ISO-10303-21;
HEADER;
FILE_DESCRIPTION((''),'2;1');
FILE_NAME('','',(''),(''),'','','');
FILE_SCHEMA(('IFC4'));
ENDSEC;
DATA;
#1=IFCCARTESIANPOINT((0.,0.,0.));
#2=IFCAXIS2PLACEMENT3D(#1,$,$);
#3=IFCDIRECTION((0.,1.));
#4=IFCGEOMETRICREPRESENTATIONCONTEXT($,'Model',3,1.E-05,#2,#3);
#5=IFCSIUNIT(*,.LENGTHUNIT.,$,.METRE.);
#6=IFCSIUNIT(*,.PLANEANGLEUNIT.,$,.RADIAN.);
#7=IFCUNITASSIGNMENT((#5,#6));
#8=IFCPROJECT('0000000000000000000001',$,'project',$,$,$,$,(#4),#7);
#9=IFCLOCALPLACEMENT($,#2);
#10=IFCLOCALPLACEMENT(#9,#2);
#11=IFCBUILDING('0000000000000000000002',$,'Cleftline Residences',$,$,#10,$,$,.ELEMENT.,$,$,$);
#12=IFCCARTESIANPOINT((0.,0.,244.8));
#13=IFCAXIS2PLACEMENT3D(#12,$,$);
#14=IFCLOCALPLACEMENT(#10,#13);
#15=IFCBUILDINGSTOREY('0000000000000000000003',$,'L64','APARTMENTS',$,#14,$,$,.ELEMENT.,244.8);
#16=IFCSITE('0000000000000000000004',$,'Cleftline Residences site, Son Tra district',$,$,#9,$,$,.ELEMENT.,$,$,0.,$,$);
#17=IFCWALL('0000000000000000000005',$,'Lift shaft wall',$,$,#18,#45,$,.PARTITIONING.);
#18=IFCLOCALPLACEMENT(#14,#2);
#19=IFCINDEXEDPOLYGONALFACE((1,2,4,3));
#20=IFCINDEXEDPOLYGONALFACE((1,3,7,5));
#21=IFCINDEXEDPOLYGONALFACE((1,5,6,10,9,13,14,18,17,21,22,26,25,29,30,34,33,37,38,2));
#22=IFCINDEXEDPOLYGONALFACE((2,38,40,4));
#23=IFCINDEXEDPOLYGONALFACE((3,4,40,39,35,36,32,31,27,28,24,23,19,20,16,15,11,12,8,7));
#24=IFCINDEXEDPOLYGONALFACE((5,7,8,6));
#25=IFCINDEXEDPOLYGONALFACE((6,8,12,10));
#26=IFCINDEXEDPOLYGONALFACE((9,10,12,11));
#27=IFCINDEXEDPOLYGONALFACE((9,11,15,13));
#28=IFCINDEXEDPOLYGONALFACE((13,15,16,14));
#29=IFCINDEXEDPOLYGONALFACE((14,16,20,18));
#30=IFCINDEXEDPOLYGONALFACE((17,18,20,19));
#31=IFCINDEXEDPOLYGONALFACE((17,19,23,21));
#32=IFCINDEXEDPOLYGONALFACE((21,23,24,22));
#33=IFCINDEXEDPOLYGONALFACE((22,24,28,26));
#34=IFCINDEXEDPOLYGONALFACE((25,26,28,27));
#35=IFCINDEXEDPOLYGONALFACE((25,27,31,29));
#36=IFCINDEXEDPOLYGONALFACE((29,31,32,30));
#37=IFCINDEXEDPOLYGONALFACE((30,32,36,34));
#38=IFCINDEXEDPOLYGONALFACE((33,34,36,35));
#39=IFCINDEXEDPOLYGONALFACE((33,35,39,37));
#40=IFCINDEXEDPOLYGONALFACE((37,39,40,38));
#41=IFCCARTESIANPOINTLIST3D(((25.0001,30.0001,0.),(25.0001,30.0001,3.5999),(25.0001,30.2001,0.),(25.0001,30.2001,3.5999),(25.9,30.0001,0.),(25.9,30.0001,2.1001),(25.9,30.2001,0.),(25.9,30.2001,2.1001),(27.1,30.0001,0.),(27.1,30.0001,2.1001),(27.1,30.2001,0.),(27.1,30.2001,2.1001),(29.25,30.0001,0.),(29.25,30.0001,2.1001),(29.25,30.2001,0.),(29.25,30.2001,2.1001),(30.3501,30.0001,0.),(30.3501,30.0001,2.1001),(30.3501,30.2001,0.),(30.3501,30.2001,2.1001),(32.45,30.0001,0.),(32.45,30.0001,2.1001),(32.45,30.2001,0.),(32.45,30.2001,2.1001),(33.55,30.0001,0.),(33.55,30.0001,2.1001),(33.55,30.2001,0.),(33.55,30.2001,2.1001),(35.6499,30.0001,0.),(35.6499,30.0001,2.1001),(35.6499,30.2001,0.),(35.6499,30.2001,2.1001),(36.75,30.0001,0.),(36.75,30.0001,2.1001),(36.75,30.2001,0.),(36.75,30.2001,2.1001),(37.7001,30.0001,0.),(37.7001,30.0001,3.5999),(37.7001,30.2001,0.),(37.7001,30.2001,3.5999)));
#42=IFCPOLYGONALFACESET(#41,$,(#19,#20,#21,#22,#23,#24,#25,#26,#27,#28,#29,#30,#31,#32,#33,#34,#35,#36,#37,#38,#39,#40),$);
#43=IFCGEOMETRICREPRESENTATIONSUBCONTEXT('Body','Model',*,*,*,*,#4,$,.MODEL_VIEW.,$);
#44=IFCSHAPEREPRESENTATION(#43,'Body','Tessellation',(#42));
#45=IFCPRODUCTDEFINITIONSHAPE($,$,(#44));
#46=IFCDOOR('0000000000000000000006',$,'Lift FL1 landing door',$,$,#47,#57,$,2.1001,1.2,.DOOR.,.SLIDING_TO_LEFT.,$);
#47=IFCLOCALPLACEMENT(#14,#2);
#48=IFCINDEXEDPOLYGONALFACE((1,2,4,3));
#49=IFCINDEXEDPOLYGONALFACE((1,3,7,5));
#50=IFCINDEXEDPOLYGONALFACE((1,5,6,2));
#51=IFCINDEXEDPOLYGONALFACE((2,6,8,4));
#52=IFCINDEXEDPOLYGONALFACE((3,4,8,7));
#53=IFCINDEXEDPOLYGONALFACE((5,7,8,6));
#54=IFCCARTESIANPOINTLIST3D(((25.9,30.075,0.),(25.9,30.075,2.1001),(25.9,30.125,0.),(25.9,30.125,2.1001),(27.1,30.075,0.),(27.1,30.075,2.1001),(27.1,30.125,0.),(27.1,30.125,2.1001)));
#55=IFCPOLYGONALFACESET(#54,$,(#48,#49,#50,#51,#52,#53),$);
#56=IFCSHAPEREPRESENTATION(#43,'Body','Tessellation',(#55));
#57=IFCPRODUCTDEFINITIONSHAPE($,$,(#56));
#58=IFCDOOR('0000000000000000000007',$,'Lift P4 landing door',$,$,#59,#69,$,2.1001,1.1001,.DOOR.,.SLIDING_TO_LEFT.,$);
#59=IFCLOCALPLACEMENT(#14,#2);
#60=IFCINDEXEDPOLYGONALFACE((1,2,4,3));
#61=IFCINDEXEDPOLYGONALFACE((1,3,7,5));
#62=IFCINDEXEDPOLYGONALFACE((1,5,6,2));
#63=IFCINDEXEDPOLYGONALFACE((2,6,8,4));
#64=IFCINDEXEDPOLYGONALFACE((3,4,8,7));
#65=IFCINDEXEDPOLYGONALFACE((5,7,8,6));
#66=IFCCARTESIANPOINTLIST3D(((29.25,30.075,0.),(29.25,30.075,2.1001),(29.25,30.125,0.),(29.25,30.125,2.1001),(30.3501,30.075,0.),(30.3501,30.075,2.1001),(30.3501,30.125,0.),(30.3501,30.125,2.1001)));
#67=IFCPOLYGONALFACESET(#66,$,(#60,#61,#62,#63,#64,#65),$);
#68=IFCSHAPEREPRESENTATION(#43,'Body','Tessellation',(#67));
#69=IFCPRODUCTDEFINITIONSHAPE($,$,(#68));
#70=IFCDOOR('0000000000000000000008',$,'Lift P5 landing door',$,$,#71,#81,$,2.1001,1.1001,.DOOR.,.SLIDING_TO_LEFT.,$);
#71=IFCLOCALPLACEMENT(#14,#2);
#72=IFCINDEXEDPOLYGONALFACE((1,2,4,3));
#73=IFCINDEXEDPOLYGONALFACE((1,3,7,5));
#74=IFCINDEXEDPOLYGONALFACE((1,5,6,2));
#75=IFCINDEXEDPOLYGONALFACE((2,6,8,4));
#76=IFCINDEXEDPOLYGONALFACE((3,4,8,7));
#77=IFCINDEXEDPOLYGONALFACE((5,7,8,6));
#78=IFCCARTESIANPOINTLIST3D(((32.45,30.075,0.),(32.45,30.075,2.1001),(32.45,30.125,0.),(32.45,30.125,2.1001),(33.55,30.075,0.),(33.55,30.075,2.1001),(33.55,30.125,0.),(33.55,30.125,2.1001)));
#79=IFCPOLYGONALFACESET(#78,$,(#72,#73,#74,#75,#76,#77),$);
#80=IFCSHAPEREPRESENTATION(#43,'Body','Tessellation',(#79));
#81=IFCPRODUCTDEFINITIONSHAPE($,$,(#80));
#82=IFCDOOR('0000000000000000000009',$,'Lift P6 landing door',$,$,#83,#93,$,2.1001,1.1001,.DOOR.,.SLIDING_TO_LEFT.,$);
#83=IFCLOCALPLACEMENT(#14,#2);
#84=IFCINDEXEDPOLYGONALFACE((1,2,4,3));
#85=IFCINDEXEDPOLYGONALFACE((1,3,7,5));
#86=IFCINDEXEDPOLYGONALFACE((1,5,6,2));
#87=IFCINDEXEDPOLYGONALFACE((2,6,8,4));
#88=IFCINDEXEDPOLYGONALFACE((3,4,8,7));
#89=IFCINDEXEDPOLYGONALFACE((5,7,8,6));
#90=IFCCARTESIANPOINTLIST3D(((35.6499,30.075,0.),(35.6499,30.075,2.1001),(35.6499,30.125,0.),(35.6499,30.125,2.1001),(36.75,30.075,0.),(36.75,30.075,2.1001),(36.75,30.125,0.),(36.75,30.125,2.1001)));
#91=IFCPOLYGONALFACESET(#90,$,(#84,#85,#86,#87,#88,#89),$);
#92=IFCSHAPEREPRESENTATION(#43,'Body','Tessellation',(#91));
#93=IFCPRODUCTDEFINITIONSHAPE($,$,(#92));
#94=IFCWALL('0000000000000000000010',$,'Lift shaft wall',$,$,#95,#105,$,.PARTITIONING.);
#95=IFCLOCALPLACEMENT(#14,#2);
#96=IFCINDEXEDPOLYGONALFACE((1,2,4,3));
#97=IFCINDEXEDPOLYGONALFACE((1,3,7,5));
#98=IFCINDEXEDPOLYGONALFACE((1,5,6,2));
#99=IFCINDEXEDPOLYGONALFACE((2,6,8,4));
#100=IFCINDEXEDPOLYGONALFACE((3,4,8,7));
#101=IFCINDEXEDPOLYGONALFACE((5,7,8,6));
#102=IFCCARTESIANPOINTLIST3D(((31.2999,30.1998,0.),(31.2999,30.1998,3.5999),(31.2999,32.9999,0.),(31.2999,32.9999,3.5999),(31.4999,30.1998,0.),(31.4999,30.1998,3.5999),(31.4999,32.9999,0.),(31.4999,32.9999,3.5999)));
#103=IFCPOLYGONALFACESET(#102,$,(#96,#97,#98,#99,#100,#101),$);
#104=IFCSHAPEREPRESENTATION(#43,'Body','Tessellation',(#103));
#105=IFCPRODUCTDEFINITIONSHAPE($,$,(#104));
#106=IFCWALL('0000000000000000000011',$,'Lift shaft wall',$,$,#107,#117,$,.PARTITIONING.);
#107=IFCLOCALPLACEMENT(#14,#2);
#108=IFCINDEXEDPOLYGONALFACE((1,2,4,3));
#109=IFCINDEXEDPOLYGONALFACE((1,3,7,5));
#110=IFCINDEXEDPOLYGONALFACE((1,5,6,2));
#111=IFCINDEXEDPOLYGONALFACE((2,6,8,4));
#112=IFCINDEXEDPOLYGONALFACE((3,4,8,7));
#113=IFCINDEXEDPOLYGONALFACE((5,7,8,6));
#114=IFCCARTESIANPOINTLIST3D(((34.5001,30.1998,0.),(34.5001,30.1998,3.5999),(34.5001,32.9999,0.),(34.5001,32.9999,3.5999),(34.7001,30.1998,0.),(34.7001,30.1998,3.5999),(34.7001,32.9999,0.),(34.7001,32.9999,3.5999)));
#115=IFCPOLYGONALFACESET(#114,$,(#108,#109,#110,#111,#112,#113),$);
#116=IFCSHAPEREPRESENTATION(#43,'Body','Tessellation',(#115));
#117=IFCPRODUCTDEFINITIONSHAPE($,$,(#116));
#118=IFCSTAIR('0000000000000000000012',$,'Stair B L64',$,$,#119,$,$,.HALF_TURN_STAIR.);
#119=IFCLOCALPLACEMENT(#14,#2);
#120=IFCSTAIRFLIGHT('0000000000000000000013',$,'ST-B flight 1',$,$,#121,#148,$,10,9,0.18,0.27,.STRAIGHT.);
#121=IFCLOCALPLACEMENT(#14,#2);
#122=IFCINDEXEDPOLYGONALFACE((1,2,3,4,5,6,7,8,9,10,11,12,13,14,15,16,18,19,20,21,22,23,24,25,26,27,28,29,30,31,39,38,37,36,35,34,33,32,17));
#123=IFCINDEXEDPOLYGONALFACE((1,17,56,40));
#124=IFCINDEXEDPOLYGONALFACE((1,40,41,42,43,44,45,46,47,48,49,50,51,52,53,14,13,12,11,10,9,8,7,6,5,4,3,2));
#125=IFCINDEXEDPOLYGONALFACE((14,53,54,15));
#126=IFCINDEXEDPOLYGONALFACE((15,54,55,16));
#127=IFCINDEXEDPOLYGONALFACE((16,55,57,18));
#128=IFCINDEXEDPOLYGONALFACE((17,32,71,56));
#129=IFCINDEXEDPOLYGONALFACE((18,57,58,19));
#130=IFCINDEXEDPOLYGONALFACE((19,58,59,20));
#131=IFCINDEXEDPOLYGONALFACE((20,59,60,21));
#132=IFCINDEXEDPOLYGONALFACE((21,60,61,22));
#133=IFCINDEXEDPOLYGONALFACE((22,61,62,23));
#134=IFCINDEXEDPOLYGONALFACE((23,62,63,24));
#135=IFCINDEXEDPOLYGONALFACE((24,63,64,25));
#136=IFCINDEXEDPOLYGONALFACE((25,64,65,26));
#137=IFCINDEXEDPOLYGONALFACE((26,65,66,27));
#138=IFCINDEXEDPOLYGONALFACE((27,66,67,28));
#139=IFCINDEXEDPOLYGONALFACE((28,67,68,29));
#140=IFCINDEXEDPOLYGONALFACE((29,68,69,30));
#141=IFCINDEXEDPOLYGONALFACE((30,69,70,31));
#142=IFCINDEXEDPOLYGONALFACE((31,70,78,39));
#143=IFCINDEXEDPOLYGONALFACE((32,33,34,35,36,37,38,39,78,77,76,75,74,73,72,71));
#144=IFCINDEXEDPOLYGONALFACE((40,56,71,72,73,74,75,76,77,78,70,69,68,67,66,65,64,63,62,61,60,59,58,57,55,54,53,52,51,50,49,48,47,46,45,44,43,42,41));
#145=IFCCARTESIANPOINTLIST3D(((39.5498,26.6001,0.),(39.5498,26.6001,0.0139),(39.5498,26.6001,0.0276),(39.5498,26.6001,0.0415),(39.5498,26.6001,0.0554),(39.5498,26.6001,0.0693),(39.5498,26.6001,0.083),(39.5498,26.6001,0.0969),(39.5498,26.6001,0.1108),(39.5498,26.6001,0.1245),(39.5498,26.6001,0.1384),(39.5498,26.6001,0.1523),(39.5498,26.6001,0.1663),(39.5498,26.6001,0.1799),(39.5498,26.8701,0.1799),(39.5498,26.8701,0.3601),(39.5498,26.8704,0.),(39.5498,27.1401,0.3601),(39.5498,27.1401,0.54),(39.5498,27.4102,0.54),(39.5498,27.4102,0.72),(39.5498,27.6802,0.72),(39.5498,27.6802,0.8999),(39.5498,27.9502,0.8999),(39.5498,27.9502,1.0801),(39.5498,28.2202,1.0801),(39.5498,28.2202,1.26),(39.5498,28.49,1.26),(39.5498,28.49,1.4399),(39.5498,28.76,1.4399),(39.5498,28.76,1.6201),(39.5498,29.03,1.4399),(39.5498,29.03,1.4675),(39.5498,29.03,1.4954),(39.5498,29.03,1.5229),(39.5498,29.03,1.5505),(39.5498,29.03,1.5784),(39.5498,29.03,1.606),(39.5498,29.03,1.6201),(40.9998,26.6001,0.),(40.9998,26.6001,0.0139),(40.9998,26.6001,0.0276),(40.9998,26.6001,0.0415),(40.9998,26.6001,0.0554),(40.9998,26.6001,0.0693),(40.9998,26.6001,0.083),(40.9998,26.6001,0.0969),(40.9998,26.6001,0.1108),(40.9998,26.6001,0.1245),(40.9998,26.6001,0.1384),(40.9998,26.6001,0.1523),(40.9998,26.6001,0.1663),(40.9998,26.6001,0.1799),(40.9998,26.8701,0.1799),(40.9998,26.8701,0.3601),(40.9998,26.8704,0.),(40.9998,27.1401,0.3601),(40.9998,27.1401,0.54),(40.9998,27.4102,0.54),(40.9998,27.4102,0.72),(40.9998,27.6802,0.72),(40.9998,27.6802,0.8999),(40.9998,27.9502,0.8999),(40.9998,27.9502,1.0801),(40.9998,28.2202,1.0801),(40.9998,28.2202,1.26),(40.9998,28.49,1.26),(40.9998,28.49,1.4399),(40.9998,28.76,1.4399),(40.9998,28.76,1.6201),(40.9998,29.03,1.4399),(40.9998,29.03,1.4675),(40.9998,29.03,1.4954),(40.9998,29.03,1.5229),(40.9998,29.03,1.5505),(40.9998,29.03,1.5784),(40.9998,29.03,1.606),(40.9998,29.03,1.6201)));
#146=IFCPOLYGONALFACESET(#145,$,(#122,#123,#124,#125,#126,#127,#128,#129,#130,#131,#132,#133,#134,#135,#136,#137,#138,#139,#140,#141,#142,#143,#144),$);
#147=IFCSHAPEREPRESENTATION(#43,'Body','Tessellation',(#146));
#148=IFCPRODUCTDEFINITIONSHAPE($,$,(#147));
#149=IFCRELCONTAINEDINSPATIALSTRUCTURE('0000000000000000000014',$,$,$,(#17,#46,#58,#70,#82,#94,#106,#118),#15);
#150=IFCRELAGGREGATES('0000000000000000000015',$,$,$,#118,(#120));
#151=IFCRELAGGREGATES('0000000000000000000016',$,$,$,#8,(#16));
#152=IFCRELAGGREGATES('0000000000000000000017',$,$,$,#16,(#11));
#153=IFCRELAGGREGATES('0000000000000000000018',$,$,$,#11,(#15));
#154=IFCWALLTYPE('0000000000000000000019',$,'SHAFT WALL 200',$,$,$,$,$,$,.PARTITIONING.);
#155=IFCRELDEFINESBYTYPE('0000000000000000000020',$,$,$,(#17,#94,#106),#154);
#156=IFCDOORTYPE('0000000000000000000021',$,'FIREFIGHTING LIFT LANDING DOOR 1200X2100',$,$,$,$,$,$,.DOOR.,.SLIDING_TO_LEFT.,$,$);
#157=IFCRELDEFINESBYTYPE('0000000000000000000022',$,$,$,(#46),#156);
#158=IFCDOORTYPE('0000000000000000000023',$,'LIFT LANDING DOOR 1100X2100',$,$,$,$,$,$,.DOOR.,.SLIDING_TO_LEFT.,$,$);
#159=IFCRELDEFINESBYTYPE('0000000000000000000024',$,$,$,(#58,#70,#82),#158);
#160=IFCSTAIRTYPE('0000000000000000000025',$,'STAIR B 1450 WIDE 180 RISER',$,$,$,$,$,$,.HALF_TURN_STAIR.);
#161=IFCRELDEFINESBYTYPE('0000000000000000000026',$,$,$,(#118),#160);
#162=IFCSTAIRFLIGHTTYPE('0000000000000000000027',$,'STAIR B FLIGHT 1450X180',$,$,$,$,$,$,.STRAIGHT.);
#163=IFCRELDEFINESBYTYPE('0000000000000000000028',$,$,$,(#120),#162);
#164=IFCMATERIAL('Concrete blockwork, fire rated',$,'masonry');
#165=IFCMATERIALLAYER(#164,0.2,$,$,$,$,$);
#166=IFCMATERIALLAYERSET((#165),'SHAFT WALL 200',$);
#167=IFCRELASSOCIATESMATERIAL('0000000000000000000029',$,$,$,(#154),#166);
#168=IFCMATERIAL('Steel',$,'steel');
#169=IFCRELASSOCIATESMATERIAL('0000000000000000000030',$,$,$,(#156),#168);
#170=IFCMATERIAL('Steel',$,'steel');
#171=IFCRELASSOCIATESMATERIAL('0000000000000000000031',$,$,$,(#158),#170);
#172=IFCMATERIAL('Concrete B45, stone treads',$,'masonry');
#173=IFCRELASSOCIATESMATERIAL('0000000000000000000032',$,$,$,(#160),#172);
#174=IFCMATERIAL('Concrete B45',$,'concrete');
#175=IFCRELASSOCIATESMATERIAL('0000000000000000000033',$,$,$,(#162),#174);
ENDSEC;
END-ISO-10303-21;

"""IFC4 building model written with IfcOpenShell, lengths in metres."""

from ifc_helpers import new_model, si_unit, direction, frame, frame_2d, origin, place, context, subcontext, project, spatial, polyline, rectangle, outline, extrude, material, layer, layer_set, type_object, element, fill, aggregate, save


model = new_model("IFC4")

# Units and contexts
model_context = context("Model", 3, precision=1e-05, world=origin(), true_north=direction((0.0, 1.0)))
body_context = subcontext(model_context, "Body", "Model", "MODEL_VIEW")
ifc_project = project(units=[si_unit("LENGTHUNIT", "METRE"), si_unit("PLANEANGLEUNIT", "RADIAN")], contexts=[model_context])

# Site, building, storey
site_placement = place(None, origin())
site = spatial("IfcSite", under=ifc_project, at=site_placement, Name="Cleftline Residences site, Son Tra district", CompositionType="ELEMENT", RefElevation=0.0)
building_placement = place(site_placement, origin())
building = spatial("IfcBuilding", under=site, at=building_placement, Name="Cleftline Residences", CompositionType="ELEMENT")
storey_placement = place(building_placement, frame((0.0, 0.0, 244.8)))
storey = spatial("IfcBuildingStorey", under=building, at=storey_placement, Name="L64", Description="APARTMENTS", CompositionType="ELEMENT", Elevation=244.8)

# Wall, openings, doors
ifc_material_1 = material(Name="Concrete blockwork, fire rated", Category="masonry")
ifc_layer_1 = layer(ifc_material_1, 0.2)
ifc_layer_set_1 = layer_set([ifc_layer_1], Name="SHAFT WALL 200")
wall_type_1 = type_object("IfcWallType", Name="SHAFT WALL 200", PredefinedType="PARTITIONING", material=ifc_layer_set_1)
wall_1_placement = place(storey_placement, frame((25.0, 30.1001, 0.0), z_axis=(0.0, 0.0, 1.0), x_axis=(1.0, 0.0, 0.0)))
wall_1 = element("IfcWall", 1, at=wall_1_placement, inside=storey, type_object=wall_type_1, Name="Lift shaft wall", PredefinedType="PARTITIONING", context=body_context, shape_type="SweptSolid", body=[
    extrude(rectangle(XDim=12.7, YDim=0.2, at=frame_2d((6.3501, 0.0))), origin(), (0.0, 0.0, 1.0), 3.5999),
])
opening_1_placement = place(wall_1_placement, frame((4.25, 0.0, 0.0)))
opening_1 = element("IfcOpeningElement", 2, at=opening_1_placement, cuts=wall_1, PredefinedType="OPENING", context=body_context, shape_type="SweptSolid", body=[
    extrude(rectangle(XDim=1.1001, YDim=2.1001, at=frame_2d((0.55, 1.05))), frame((0.0, 0.1099, 0.0), z_axis=(0.0, -1.0, 0.0), x_axis=(1.0, 0.0, 0.0)), (0.0, 0.0, 1.0), 0.22),
])
opening_2_placement = place(wall_1_placement, frame((7.45, 0.0, 0.0)))
opening_2 = element("IfcOpeningElement", 3, at=opening_2_placement, cuts=wall_1, PredefinedType="OPENING", context=body_context, shape_type="SweptSolid", body=[
    extrude(rectangle(XDim=1.1001, YDim=2.1001, at=frame_2d((0.55, 1.05))), frame((0.0, 0.1099, 0.0), z_axis=(0.0, -1.0, 0.0), x_axis=(1.0, 0.0, 0.0)), (0.0, 0.0, 1.0), 0.22),
])
opening_3_placement = place(wall_1_placement, frame((10.6499, 0.0, 0.0)))
opening_3 = element("IfcOpeningElement", 4, at=opening_3_placement, cuts=wall_1, PredefinedType="OPENING", context=body_context, shape_type="SweptSolid", body=[
    extrude(rectangle(XDim=1.1001, YDim=2.1001, at=frame_2d((0.55, 1.05))), frame((0.0, 0.1099, 0.0), z_axis=(0.0, -1.0, 0.0), x_axis=(1.0, 0.0, 0.0)), (0.0, 0.0, 1.0), 0.22),
])
opening_4_placement = place(wall_1_placement, frame((0.8999, 0.0, 0.0)))
opening_4 = element("IfcOpeningElement", 5, at=opening_4_placement, cuts=wall_1, PredefinedType="OPENING", context=body_context, shape_type="SweptSolid", body=[
    extrude(rectangle(XDim=1.2, YDim=2.1001, at=frame_2d((0.6001, 1.05))), frame((0.0, 0.1099, 0.0), z_axis=(0.0, -1.0, 0.0), x_axis=(1.0, 0.0, 0.0)), (0.0, 0.0, 1.0), 0.22),
])
ifc_material_2 = material(Name="Steel", Category="steel")
door_type_1 = type_object("IfcDoorType", Name="FIREFIGHTING LIFT LANDING DOOR 1200X2100", OperationType="SLIDING_TO_LEFT", PredefinedType="DOOR", material=ifc_material_2)
door_1_placement = place(opening_4_placement, origin())
door_1 = element("IfcDoor", 6, at=door_1_placement, inside=storey, type_object=door_type_1, Name="Lift FL1 landing door", OperationType="SLIDING_TO_LEFT", OverallHeight=2.1001, OverallWidth=1.2, PredefinedType="DOOR", context=body_context, shape_type="SweptSolid", body=[
    extrude(rectangle(XDim=1.2, YDim=2.1001, at=frame_2d((0.6001, 1.05))), frame((0.0, 0.0249, 0.0), z_axis=(0.0, -1.0, 0.0), x_axis=(1.0, 0.0, 0.0)), (0.0, 0.0, 1.0), 0.05),
])
fill(opening_4, door_1)
ifc_material_3 = material(Name="Steel", Category="steel")
door_type_2 = type_object("IfcDoorType", Name="LIFT LANDING DOOR 1100X2100", OperationType="SLIDING_TO_LEFT", PredefinedType="DOOR", material=ifc_material_3)
door_2_placement = place(opening_1_placement, origin())
door_2 = element("IfcDoor", 7, at=door_2_placement, inside=storey, type_object=door_type_2, Name="Lift P4 landing door", OperationType="SLIDING_TO_LEFT", OverallHeight=2.1001, OverallWidth=1.1001, PredefinedType="DOOR", context=body_context, shape_type="SweptSolid", body=[
    extrude(rectangle(XDim=1.1001, YDim=2.1001, at=frame_2d((0.55, 1.05))), frame((0.0, 0.0249, 0.0), z_axis=(0.0, -1.0, 0.0), x_axis=(1.0, 0.0, 0.0)), (0.0, 0.0, 1.0), 0.05),
])
fill(opening_1, door_2)
door_3_placement = place(opening_2_placement, origin())
door_3 = element("IfcDoor", 8, at=door_3_placement, inside=storey, type_object=door_type_2, Name="Lift P5 landing door", OperationType="SLIDING_TO_LEFT", OverallHeight=2.1001, OverallWidth=1.1001, PredefinedType="DOOR", context=body_context, shape_type="SweptSolid", body=[
    extrude(rectangle(XDim=1.1001, YDim=2.1001, at=frame_2d((0.55, 1.05))), frame((0.0, 0.0249, 0.0), z_axis=(0.0, -1.0, 0.0), x_axis=(1.0, 0.0, 0.0)), (0.0, 0.0, 1.0), 0.05),
])
fill(opening_2, door_3)
door_4_placement = place(opening_3_placement, origin())
door_4 = element("IfcDoor", 9, at=door_4_placement, inside=storey, type_object=door_type_2, Name="Lift P6 landing door", OperationType="SLIDING_TO_LEFT", OverallHeight=2.1001, OverallWidth=1.1001, PredefinedType="DOOR", context=body_context, shape_type="SweptSolid", body=[
    extrude(rectangle(XDim=1.1001, YDim=2.1001, at=frame_2d((0.55, 1.05))), frame((0.0, 0.0249, 0.0), z_axis=(0.0, -1.0, 0.0), x_axis=(1.0, 0.0, 0.0)), (0.0, 0.0, 1.0), 0.05),
])
fill(opening_3, door_4)

# Walls
for number, where, z_axis, x_axis, name in (
    (10, (31.3999, 30.2, 0.0), (0.0, 0.0, 1.0), (0.0, 1.0, 0.0), "Lift shaft wall"),
    (11, (34.6001, 30.2, 0.0), (0.0, 0.0, 1.0), (0.0, 1.0, 0.0), "Lift shaft wall"),
):
    element("IfcWall", number, at=place(storey_placement, frame(where, z_axis=z_axis, x_axis=x_axis)), inside=storey, type_object=wall_type_1, Name=name, PredefinedType="PARTITIONING", context=body_context, shape_type="SweptSolid", body=[
        extrude(rectangle(XDim=2.8, YDim=0.2, at=frame_2d((1.3999, 0.0))), origin(), (0.0, 0.0, 1.0), 3.5999),
    ])

# Stair, stair flight
ifc_material_4 = material(Name="Concrete B45, stone treads", Category="masonry")
stair_type = type_object("IfcStairType", Name="STAIR B 1450 WIDE 180 RISER", PredefinedType="HALF_TURN_STAIR", material=ifc_material_4)
stair_placement = place(storey_placement, origin())
stair = element("IfcStair", 12, at=stair_placement, inside=storey, type_object=stair_type, Name="Stair B L64", PredefinedType="HALF_TURN_STAIR")
ifc_material_5 = material(Name="Concrete B45", Category="concrete")
stair_flight_type = type_object("IfcStairFlightType", Name="STAIR B FLIGHT 1450X180", PredefinedType="STRAIGHT", material=ifc_material_5)
stair_flight_1_placement = place(storey_placement, frame((40.2749, 26.6001, 0.0), z_axis=(0.0, 0.0, 1.0), x_axis=(0.0, 1.0, 0.0)))
stair_flight_1 = element("IfcStairFlight", 13, at=stair_flight_1_placement, type_object=stair_flight_type, Name="ST-B flight 1", NumberOfRisers=10, NumberOfTreads=9, PredefinedType="STRAIGHT", RiserHeight=0.18, TreadLength=0.27, context=body_context, shape_type="SweptSolid", body=[
    extrude(outline(polyline([(0.0, 0.0), (0.0, 0.0139), (0.0, 0.0276), (0.0, 0.0415), (0.0, 0.0554), (0.0, 0.0693), (0.0, 0.083), (0.0, 0.0969), (0.0, 0.1108), (0.0, 0.1245), (0.0, 0.1384), (0.0, 0.1523), (0.0, 0.1663), (0.0, 0.1799), (0.27, 0.1799), (0.27, 0.3601), (0.54, 0.3601), (0.54, 0.54), (0.8101, 0.54), (0.8101, 0.72), (1.0801, 0.72), (1.0801, 0.8999), (1.3501, 0.8999), (1.3501, 1.0801), (1.6201, 1.0801), (1.6201, 1.26), (1.8899, 1.26), (1.8899, 1.4399), (2.1599, 1.4399), (2.1599, 1.6201), (2.4299, 1.6201), (2.4299, 1.8), (2.4299, 1.7722), (2.4299, 1.7446), (2.4299, 1.7168), (2.4299, 1.6892), (2.4299, 1.6614), (2.4299, 1.6338), (2.4299, 1.606), (2.4299, 1.5784), (2.4299, 1.5505), (2.4299, 1.5229), (2.4299, 1.4954), (2.4299, 1.4675), (2.4299, 1.4399), (0.2703, 0.0), (0.0, 0.0)])), frame((0.0, 0.7251, 0.0), z_axis=(0.0, -1.0, 0.0), x_axis=(1.0, 0.0, 0.0)), (0.0, 0.0, 1.0), 1.45),
])
aggregate(stair, [stair_flight_1])

save(model, "model.ifc")
